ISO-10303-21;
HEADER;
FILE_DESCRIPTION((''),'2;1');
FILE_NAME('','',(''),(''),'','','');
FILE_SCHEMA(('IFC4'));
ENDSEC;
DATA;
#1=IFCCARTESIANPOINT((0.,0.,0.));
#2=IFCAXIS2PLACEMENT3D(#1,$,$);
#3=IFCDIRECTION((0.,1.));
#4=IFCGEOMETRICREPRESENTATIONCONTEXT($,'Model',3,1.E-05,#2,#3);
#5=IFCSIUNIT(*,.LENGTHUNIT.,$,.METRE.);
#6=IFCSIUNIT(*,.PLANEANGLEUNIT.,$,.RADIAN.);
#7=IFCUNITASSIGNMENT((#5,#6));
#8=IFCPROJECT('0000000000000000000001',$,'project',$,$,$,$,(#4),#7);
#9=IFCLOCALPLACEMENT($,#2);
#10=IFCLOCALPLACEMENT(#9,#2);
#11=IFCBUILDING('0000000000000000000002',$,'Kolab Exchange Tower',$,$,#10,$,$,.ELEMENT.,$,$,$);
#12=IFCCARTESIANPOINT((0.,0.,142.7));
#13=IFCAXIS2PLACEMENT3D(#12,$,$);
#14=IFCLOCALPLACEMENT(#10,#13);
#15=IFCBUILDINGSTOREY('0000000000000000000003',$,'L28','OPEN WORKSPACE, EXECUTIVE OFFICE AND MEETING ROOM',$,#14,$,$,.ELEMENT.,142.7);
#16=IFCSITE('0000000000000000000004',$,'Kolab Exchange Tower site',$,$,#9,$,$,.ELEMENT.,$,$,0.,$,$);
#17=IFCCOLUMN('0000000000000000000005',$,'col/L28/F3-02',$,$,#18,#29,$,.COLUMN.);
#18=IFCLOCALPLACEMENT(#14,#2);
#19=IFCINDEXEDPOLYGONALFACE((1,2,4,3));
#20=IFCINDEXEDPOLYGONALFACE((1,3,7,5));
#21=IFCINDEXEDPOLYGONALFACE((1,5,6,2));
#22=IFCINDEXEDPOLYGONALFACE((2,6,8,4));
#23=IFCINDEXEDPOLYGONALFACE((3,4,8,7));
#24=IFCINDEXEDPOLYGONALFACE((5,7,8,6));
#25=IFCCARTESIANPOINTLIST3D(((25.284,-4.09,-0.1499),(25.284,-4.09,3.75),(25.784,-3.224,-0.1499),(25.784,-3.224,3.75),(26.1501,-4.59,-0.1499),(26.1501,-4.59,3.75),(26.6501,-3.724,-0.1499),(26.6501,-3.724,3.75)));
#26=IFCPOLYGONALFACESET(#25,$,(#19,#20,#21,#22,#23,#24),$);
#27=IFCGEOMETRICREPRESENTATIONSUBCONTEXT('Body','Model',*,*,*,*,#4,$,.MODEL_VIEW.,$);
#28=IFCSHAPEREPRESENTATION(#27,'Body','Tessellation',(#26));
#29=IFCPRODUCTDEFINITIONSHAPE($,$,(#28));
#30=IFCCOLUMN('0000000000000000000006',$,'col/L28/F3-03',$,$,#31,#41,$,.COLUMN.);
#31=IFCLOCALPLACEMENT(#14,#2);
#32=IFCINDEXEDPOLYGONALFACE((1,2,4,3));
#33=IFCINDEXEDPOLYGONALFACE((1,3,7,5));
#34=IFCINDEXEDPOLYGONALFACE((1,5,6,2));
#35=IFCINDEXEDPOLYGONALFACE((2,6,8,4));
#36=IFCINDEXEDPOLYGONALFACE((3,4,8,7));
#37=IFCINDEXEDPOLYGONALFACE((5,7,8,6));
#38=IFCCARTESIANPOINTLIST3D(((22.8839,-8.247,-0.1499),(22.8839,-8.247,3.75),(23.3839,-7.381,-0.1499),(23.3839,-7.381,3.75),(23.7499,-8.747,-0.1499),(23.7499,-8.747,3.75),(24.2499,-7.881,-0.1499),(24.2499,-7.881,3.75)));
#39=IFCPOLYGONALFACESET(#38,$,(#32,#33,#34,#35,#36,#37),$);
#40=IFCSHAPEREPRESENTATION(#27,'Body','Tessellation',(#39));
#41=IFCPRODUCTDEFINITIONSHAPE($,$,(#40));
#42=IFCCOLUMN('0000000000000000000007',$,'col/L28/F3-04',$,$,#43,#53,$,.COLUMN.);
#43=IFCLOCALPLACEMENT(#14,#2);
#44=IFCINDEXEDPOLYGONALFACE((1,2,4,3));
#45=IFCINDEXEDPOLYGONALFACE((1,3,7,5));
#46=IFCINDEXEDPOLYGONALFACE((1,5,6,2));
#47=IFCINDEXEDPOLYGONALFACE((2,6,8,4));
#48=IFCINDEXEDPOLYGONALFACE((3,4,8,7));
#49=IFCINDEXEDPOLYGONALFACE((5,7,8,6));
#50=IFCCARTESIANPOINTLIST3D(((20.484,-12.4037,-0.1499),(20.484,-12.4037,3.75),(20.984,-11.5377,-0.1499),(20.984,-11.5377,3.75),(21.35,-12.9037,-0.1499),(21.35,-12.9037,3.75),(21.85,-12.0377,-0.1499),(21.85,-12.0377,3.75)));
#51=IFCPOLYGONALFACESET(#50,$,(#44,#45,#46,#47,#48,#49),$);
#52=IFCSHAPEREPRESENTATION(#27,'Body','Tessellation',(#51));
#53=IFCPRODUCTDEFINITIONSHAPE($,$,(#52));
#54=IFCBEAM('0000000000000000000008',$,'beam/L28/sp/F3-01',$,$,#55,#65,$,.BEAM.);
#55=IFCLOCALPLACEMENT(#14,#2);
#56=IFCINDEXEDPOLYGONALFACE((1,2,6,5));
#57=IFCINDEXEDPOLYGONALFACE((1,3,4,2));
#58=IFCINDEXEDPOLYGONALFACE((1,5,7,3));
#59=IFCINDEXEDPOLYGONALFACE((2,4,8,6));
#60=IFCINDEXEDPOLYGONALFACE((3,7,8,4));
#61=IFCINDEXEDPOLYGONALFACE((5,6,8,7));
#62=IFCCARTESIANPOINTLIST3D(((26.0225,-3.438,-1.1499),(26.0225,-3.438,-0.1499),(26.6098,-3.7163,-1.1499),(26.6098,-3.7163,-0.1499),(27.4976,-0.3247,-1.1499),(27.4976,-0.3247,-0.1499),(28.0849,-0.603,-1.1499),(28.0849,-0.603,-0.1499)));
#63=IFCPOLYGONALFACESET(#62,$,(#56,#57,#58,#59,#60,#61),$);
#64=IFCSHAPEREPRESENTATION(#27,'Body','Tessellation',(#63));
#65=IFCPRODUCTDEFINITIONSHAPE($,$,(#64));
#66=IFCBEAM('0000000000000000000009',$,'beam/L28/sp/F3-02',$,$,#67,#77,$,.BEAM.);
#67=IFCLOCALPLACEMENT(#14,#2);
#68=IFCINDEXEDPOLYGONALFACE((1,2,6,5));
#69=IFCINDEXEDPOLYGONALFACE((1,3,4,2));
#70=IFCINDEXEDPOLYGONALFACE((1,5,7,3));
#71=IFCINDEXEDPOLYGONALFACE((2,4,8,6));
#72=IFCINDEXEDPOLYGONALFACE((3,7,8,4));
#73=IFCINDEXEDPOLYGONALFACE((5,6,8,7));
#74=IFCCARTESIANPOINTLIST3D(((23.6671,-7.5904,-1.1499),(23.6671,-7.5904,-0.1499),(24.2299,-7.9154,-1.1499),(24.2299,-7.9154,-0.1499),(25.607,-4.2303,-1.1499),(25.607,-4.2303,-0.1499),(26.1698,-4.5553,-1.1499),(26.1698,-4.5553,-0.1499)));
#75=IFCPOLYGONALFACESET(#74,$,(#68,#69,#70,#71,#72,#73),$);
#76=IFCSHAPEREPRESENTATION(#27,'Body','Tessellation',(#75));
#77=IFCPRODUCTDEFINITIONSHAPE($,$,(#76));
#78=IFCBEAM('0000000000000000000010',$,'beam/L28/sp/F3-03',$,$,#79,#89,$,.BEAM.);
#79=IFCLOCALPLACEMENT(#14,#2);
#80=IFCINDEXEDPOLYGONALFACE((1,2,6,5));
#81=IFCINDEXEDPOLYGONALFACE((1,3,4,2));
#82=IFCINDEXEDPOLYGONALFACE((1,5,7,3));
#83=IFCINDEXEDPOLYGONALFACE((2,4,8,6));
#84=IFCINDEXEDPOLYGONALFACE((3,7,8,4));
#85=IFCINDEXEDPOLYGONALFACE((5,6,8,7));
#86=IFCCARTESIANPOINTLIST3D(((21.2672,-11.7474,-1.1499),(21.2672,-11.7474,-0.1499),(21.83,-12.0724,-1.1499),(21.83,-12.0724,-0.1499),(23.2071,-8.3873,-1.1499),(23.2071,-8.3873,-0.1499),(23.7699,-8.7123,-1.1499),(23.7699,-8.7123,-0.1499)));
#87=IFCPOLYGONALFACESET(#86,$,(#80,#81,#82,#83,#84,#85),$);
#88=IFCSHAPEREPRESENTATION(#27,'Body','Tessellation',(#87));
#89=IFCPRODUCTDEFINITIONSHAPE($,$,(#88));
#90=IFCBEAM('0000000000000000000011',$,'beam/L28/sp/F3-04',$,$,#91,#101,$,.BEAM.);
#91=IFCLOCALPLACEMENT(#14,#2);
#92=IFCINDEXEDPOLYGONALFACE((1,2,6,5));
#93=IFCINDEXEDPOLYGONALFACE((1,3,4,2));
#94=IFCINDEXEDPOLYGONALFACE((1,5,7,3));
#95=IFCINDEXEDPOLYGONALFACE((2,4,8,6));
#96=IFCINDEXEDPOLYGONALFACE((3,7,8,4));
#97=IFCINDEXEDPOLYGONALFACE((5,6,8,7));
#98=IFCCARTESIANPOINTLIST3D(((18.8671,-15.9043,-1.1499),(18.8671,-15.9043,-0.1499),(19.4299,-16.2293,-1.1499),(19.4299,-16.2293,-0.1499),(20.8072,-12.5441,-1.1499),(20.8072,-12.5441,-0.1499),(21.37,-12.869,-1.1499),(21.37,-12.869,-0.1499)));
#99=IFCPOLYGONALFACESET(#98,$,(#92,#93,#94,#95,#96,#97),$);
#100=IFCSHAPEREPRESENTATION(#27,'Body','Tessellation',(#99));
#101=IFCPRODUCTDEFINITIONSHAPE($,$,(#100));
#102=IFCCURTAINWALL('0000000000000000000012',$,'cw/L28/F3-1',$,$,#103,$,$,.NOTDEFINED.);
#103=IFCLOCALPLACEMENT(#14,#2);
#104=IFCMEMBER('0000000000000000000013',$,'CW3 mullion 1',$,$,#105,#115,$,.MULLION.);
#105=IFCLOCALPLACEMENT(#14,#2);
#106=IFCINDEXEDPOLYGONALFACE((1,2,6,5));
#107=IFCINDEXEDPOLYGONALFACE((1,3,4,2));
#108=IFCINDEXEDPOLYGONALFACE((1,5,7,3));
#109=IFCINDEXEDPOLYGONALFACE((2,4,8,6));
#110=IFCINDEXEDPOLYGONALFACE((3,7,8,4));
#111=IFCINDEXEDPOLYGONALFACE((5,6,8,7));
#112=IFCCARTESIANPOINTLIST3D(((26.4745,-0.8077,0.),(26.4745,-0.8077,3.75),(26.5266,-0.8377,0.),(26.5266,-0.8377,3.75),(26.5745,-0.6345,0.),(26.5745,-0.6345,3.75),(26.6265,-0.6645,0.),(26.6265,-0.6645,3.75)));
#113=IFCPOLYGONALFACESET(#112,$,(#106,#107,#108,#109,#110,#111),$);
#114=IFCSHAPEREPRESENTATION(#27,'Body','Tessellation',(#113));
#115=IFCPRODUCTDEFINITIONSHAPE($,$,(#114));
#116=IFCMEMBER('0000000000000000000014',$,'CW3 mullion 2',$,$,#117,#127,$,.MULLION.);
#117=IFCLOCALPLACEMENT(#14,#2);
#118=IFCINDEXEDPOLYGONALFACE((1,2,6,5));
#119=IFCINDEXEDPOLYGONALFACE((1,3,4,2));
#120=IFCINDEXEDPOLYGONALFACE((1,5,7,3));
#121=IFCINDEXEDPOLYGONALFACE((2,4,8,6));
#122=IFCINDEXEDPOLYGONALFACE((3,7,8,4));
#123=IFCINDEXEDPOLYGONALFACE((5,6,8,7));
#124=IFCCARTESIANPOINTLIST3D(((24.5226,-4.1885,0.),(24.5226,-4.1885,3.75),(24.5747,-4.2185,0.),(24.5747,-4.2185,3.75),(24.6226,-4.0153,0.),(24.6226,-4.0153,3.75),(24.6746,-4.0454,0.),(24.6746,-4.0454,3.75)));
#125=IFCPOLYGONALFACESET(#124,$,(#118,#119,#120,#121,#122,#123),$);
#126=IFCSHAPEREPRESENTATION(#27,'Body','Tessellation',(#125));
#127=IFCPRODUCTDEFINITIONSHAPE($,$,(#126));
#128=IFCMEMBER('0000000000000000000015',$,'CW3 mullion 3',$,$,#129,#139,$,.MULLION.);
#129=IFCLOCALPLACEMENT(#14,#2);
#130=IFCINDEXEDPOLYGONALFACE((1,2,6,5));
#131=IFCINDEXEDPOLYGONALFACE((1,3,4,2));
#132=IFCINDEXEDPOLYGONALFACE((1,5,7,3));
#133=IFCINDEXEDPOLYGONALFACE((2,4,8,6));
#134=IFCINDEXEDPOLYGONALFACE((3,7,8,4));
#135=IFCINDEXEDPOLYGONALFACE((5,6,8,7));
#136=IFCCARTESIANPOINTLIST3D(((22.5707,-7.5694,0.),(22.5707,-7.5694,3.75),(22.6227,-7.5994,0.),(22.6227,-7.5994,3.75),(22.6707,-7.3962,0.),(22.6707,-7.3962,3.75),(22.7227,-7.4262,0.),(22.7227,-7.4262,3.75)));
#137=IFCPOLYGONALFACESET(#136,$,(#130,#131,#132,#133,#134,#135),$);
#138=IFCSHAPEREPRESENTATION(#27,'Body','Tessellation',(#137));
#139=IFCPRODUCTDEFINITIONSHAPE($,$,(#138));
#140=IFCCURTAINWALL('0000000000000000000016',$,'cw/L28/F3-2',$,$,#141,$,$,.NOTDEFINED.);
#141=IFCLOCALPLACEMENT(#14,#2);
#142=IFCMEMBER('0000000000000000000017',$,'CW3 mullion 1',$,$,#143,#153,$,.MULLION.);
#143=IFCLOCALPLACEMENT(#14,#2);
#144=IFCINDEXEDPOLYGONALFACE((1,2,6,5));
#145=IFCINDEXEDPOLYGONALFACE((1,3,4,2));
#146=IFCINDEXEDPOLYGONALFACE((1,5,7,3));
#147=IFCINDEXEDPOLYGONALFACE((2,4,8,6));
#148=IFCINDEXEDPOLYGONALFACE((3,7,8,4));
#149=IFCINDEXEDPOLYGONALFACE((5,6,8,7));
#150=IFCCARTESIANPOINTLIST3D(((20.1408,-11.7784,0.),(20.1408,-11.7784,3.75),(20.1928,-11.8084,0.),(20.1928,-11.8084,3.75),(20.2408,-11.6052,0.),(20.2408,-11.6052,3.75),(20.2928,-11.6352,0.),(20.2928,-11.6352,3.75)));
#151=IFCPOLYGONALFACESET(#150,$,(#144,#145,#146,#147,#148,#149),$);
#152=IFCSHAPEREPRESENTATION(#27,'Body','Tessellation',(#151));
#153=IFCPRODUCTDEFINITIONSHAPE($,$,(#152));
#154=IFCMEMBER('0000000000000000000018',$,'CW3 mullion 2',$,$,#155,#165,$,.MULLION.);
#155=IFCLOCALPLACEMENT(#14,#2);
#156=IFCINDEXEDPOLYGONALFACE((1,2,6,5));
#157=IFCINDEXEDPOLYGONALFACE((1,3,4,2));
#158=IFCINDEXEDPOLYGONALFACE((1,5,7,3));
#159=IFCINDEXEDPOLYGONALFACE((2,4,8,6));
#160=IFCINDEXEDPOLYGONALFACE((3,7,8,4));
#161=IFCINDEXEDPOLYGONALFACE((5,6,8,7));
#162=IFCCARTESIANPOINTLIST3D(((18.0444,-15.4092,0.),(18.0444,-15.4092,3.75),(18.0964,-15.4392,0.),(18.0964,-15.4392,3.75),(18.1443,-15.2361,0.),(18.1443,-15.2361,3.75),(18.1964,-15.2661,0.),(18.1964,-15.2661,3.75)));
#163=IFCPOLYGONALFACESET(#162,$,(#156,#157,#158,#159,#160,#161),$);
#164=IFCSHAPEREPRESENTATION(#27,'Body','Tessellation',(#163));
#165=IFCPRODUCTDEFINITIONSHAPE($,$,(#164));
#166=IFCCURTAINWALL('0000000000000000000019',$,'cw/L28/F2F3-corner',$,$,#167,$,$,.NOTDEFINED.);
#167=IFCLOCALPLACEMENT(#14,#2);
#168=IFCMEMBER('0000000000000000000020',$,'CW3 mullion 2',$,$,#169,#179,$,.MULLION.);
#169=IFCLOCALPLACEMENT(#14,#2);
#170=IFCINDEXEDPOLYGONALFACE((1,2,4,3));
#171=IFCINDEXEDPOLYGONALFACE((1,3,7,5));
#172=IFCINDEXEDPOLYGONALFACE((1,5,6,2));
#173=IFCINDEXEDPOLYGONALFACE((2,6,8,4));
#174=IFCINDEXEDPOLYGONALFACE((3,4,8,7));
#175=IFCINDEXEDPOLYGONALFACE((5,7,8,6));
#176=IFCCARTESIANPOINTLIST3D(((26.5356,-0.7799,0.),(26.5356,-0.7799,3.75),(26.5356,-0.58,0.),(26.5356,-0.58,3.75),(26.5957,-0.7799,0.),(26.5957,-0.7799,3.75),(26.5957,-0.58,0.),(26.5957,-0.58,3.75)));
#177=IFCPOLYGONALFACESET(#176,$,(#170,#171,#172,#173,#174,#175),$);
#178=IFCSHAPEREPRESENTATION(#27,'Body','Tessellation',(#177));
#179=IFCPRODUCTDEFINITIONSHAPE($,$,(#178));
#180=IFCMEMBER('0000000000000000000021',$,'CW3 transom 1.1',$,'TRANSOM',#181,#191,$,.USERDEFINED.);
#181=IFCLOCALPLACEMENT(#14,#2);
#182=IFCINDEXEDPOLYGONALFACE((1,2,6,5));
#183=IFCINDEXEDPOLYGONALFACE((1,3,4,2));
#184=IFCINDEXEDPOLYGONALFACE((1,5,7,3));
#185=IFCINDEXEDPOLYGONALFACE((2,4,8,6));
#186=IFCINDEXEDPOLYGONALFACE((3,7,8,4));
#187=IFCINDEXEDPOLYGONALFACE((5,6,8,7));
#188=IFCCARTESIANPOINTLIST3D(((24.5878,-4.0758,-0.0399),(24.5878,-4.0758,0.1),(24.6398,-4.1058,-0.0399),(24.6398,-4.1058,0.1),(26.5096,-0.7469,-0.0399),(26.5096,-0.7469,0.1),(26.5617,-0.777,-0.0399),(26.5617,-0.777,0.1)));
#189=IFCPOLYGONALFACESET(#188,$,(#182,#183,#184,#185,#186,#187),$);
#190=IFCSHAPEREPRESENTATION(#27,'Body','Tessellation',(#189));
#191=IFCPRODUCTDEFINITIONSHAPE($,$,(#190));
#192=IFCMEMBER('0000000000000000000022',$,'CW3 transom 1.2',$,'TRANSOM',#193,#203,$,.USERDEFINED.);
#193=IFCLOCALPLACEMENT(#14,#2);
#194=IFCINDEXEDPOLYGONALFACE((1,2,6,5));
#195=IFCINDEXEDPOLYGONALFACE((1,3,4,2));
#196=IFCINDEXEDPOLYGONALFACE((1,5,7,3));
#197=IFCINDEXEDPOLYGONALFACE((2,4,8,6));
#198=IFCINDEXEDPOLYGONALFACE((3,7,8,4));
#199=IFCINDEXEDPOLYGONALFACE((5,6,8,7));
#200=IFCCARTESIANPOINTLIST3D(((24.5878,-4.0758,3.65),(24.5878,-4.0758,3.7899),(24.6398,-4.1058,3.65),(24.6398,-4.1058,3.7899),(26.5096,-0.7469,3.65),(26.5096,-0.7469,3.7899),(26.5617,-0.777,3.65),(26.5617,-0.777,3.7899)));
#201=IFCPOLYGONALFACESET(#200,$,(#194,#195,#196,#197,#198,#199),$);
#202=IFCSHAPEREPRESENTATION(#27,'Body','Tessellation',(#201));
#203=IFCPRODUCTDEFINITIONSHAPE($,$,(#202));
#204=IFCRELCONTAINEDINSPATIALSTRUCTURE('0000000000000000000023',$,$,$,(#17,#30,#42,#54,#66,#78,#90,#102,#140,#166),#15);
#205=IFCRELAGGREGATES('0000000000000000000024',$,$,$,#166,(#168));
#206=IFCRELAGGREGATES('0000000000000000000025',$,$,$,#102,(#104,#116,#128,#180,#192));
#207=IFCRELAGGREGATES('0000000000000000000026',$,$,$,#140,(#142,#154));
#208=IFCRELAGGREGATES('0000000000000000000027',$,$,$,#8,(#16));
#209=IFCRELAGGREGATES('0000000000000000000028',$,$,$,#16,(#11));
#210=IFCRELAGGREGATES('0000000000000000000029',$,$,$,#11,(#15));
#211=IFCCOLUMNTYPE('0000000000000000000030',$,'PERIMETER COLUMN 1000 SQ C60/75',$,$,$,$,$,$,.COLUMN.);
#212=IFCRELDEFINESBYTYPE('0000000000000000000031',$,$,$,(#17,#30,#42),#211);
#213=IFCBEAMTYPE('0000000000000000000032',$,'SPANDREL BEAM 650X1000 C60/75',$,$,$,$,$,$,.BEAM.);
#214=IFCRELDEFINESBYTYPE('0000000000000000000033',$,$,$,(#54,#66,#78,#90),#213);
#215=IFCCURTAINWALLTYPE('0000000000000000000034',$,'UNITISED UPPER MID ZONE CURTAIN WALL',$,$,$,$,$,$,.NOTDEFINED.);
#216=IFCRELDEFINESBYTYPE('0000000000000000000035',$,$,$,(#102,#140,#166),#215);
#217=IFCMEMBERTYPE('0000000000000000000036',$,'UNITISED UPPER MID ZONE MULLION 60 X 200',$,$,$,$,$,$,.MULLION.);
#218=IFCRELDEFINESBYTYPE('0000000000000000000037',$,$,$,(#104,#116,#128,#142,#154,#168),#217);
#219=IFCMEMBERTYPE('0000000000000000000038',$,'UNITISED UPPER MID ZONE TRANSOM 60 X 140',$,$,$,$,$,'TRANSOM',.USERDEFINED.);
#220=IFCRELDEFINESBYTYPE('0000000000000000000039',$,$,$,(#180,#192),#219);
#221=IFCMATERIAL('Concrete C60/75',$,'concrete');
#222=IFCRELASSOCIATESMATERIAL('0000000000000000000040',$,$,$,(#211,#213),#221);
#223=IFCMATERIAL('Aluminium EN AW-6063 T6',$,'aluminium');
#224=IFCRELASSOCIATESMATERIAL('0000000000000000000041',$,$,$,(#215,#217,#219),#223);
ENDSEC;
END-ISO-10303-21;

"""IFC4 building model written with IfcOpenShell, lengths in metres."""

from ifc_helpers import new_model, si_unit, direction, frame, origin, origin_2d, place, context, subcontext, project, spatial, rectangle, extrude, material, material_profile, profile_set, type_object, element, aggregate, save


model = new_model("IFC4")

# Units and contexts
model_context = context("Model", 3, precision=1e-05, world=origin(), true_north=direction((0.0, 1.0)))
body_context = subcontext(model_context, "Body", "Model", "MODEL_VIEW")
ifc_project = project(units=[si_unit("LENGTHUNIT", "METRE"), si_unit("PLANEANGLEUNIT", "RADIAN")], contexts=[model_context])

# Site, building, storey
site_placement = place(None, origin())
site = spatial("IfcSite", under=ifc_project, at=site_placement, Name="Kolab Exchange Tower site", CompositionType="ELEMENT", RefElevation=0.0)
building_placement = place(site_placement, origin())
building = spatial("IfcBuilding", under=site, at=building_placement, Name="Kolab Exchange Tower", CompositionType="ELEMENT")
storey_placement = place(building_placement, frame((0.0, 0.0, 142.7)))
storey = spatial("IfcBuildingStorey", under=building, at=storey_placement, Name="L28", Description="OPEN WORKSPACE, EXECUTIVE OFFICE AND MEETING ROOM", CompositionType="ELEMENT", Elevation=142.7)

# Columns
ifc_material_1 = material(Name="Concrete C60/75", Category="concrete")
ifc_material_profile_1 = material_profile(ifc_material_1, rectangle(XDim=1.0, YDim=1.0, at=origin_2d()), Name="RC1000")
ifc_profile_set_1 = profile_set([ifc_material_profile_1], Name="Concrete C60/75")
column_type = type_object("IfcColumnType", Name="PERIMETER COLUMN 1000 SQ C60/75", PredefinedType="COLUMN", material=ifc_profile_set_1)
for number, where, z_axis, x_axis, name in (
    (1, (25.967, -3.907, -0.1499), (0.0, 0.0, 1.0), (0.5, 0.866025, 0.0), "col/L28/F3-02"),
    (2, (23.5669, -8.064, -0.1499), (0.0, 0.0, 1.0), (0.5, 0.866025, 0.0), "col/L28/F3-03"),
    (3, (21.167, -12.2207, -0.1499), (0.0, 0.0, 1.0), (0.5, 0.866025, 0.0), "col/L28/F3-04"),
):
    element("IfcColumn", number, at=place(storey_placement, frame(where, z_axis=z_axis, x_axis=x_axis)), inside=storey, type_object=column_type, Name=name, PredefinedType="COLUMN", context=body_context, shape_type="SweptSolid", body=[
        extrude(rectangle(XDim=1.0, YDim=1.0, at=origin_2d()), origin(), (0.0, 0.0, 1.0), 3.8999),
    ])

# Beams
ifc_material_profile_2 = material_profile(ifc_material_1, rectangle(XDim=0.6499, YDim=1.0, at=origin_2d()), Name="RC650X1000")
ifc_profile_set_2 = profile_set([ifc_material_profile_2], Name="Concrete C60/75")
beam_type = type_object("IfcBeamType", Name="SPANDREL BEAM 650X1000 C60/75", PredefinedType="BEAM", material=ifc_profile_set_2)
beam_1_placement = place(storey_placement, frame((27.7913, -0.4639, -0.6499), z_axis=(-0.428178, -0.903695, 0.0), x_axis=(0.903695, -0.428178, 0.0)))
element("IfcBeam", 4, at=beam_1_placement, inside=storey, type_object=beam_type, Name="beam/L28/sp/F3-01", PredefinedType="BEAM", context=body_context, shape_type="SweptSolid", body=[
    extrude(rectangle(XDim=0.6499, YDim=1.0, at=origin_2d()), origin(), (0.0, 0.0, 1.0), 3.4451),
])
for number, where, z_axis, x_axis, name in (
    (5, (25.8884, -4.3928, -0.6499), (-0.499997, -0.866027, 0.0), (0.866027, -0.499997, 0.0), "beam/L28/sp/F3-02"),
    (6, (23.4885, -8.5498, -0.6499), (-0.499997, -0.866027, 0.0), (0.866027, -0.499997, 0.0), "beam/L28/sp/F3-03"),
):
    element("IfcBeam", number, at=place(storey_placement, frame(where, z_axis=z_axis, x_axis=x_axis)), inside=storey, type_object=beam_type, Name=name, PredefinedType="BEAM", context=body_context, shape_type="SweptSolid", body=[
        extrude(rectangle(XDim=0.6499, YDim=1.0, at=origin_2d()), origin(), (0.0, 0.0, 1.0), 3.8799),
    ])
beam_2_placement = place(storey_placement, frame((21.0886, -12.7065, -0.6499), z_axis=(-0.500017, -0.866016, 0.0), x_axis=(0.866016, -0.500017, 0.0)))
element("IfcBeam", 7, at=beam_2_placement, inside=storey, type_object=beam_type, Name="beam/L28/sp/F3-04", PredefinedType="BEAM", context=body_context, shape_type="SweptSolid", body=[
    extrude(rectangle(XDim=0.6499, YDim=1.0, at=origin_2d()), origin(), (0.0, 0.0, 1.0), 3.8801),
])

# Curtain walls, members
ifc_material_2 = material(Name="Aluminium EN AW-6063 T6", Category="aluminium")
curtain_wall_type = type_object("IfcCurtainWallType", Name="UNITISED UPPER MID ZONE CURTAIN WALL", PredefinedType="NOTDEFINED", material=ifc_material_2)
curtain_wall_1_placement = place(storey_placement, origin())
curtain_wall_1 = element("IfcCurtainWall", 8, at=curtain_wall_1_placement, inside=storey, type_object=curtain_wall_type, Name="cw/L28/F3-1", PredefinedType="NOTDEFINED")
ifc_material_profile_3 = material_profile(ifc_material_2, rectangle(XDim=0.0601, YDim=0.2, at=origin_2d()), Name="RECT 60X200")
ifc_profile_set_3 = profile_set([ifc_material_profile_3], Name="Aluminium EN AW-6063 T6")
member_type_1 = type_object("IfcMemberType", Name="UNITISED UPPER MID ZONE MULLION 60 X 200", PredefinedType="MULLION", material=ifc_profile_set_3)
member_1_placement = place(storey_placement, frame((26.5505, -0.7361, 0.0), z_axis=(0.0, 0.0, 1.0), x_axis=(0.866025, -0.5, 0.0)))
member_1 = element("IfcMember", 9, at=member_1_placement, type_object=member_type_1, Name="CW3 mullion 1", PredefinedType="MULLION", context=body_context, shape_type="SweptSolid", body=[
    extrude(rectangle(XDim=0.0601, YDim=0.2, at=origin_2d()), origin(), (0.0, 0.0, 1.0), 3.75),
])
member_2_placement = place(storey_placement, frame((24.5986, -4.1169, 0.0), z_axis=(0.0, 0.0, 1.0), x_axis=(0.866025, -0.5, 0.0)))
member_2 = element("IfcMember", 10, at=member_2_placement, type_object=member_type_1, Name="CW3 mullion 2", PredefinedType="MULLION", context=body_context, shape_type="SweptSolid", body=[
    extrude(rectangle(XDim=0.0601, YDim=0.2, at=origin_2d()), origin(), (0.0, 0.0, 1.0), 3.75),
])
member_3_placement = place(storey_placement, frame((22.6467, -7.4978, 0.0), z_axis=(0.0, 0.0, 1.0), x_axis=(0.866025, -0.5, 0.0)))
member_3 = element("IfcMember", 11, at=member_3_placement, type_object=member_type_1, Name="CW3 mullion 3", PredefinedType="MULLION", context=body_context, shape_type="SweptSolid", body=[
    extrude(rectangle(XDim=0.0601, YDim=0.2, at=origin_2d()), origin(), (0.0, 0.0, 1.0), 3.75),
])
curtain_wall_2_placement = place(storey_placement, origin())
curtain_wall_2 = element("IfcCurtainWall", 12, at=curtain_wall_2_placement, inside=storey, type_object=curtain_wall_type, Name="cw/L28/F3-2", PredefinedType="NOTDEFINED")
member_4_placement = place(storey_placement, frame((20.2168, -11.7068, 0.0), z_axis=(0.0, 0.0, 1.0), x_axis=(0.866025, -0.5, 0.0)))
member_4 = element("IfcMember", 13, at=member_4_placement, type_object=member_type_1, Name="CW3 mullion 1", PredefinedType="MULLION", context=body_context, shape_type="SweptSolid", body=[
    extrude(rectangle(XDim=0.0601, YDim=0.2, at=origin_2d()), origin(), (0.0, 0.0, 1.0), 3.75),
])
member_5_placement = place(storey_placement, frame((18.1204, -15.3376, 0.0), z_axis=(0.0, 0.0, 1.0), x_axis=(0.866025, -0.5, 0.0)))
member_5 = element("IfcMember", 14, at=member_5_placement, type_object=member_type_1, Name="CW3 mullion 2", PredefinedType="MULLION", context=body_context, shape_type="SweptSolid", body=[
    extrude(rectangle(XDim=0.0601, YDim=0.2, at=origin_2d()), origin(), (0.0, 0.0, 1.0), 3.75),
])

# Curtain wall, member
curtain_wall_3_placement = place(storey_placement, origin())
curtain_wall_3 = element("IfcCurtainWall", 15, at=curtain_wall_3_placement, inside=storey, type_object=curtain_wall_type, Name="cw/L28/F2F3-corner", PredefinedType="NOTDEFINED")
member_6_placement = place(storey_placement, frame((26.5657, -0.6799, 0.0), z_axis=(0.0, 0.0, 1.0), x_axis=(1.0, 0.0, 0.0)))
member_6 = element("IfcMember", 16, at=member_6_placement, type_object=member_type_1, Name="CW3 mullion 2", PredefinedType="MULLION", context=body_context, shape_type="SweptSolid", body=[
    extrude(rectangle(XDim=0.0601, YDim=0.2, at=origin_2d()), origin(), (0.0, 0.0, 1.0), 3.75),
])
aggregate(curtain_wall_3, [member_6])

# Members
ifc_material_profile_4 = material_profile(ifc_material_2, rectangle(XDim=0.0601, YDim=0.1399, at=origin_2d()), Name="RECT 60X140")
ifc_profile_set_4 = profile_set([ifc_material_profile_4], Name="Aluminium EN AW-6063 T6")
member_type_2 = type_object("IfcMemberType", Name="UNITISED UPPER MID ZONE TRANSOM 60 X 140", ElementType="TRANSOM", PredefinedType="USERDEFINED", material=ifc_profile_set_4)
member_7_placement = place(storey_placement, frame((26.5356, -0.762, 0.03), z_axis=(-0.499992, -0.86603, 0.0), x_axis=(0.86603, -0.499992, 0.0)))
member_7 = element("IfcMember", 17, at=member_7_placement, type_object=member_type_2, Name="CW3 transom 1.1", ObjectType="TRANSOM", PredefinedType="USERDEFINED", context=body_context, shape_type="SweptSolid", body=[
    extrude(rectangle(XDim=0.0601, YDim=0.1399, at=origin_2d()), origin(), (0.0, 0.0, 1.0), 3.8438),
])
member_8_placement = place(storey_placement, frame((26.5356, -0.762, 3.72), z_axis=(-0.499992, -0.86603, 0.0), x_axis=(0.86603, -0.499992, 0.0)))
member_8 = element("IfcMember", 18, at=member_8_placement, type_object=member_type_2, Name="CW3 transom 1.2", ObjectType="TRANSOM", PredefinedType="USERDEFINED", context=body_context, shape_type="SweptSolid", body=[
    extrude(rectangle(XDim=0.0601, YDim=0.1399, at=origin_2d()), origin(), (0.0, 0.0, 1.0), 3.8438),
])

aggregate(curtain_wall_1, [member_1, member_2, member_3, member_7, member_8])
aggregate(curtain_wall_2, [member_4, member_5])

save(model, "model.ifc")
